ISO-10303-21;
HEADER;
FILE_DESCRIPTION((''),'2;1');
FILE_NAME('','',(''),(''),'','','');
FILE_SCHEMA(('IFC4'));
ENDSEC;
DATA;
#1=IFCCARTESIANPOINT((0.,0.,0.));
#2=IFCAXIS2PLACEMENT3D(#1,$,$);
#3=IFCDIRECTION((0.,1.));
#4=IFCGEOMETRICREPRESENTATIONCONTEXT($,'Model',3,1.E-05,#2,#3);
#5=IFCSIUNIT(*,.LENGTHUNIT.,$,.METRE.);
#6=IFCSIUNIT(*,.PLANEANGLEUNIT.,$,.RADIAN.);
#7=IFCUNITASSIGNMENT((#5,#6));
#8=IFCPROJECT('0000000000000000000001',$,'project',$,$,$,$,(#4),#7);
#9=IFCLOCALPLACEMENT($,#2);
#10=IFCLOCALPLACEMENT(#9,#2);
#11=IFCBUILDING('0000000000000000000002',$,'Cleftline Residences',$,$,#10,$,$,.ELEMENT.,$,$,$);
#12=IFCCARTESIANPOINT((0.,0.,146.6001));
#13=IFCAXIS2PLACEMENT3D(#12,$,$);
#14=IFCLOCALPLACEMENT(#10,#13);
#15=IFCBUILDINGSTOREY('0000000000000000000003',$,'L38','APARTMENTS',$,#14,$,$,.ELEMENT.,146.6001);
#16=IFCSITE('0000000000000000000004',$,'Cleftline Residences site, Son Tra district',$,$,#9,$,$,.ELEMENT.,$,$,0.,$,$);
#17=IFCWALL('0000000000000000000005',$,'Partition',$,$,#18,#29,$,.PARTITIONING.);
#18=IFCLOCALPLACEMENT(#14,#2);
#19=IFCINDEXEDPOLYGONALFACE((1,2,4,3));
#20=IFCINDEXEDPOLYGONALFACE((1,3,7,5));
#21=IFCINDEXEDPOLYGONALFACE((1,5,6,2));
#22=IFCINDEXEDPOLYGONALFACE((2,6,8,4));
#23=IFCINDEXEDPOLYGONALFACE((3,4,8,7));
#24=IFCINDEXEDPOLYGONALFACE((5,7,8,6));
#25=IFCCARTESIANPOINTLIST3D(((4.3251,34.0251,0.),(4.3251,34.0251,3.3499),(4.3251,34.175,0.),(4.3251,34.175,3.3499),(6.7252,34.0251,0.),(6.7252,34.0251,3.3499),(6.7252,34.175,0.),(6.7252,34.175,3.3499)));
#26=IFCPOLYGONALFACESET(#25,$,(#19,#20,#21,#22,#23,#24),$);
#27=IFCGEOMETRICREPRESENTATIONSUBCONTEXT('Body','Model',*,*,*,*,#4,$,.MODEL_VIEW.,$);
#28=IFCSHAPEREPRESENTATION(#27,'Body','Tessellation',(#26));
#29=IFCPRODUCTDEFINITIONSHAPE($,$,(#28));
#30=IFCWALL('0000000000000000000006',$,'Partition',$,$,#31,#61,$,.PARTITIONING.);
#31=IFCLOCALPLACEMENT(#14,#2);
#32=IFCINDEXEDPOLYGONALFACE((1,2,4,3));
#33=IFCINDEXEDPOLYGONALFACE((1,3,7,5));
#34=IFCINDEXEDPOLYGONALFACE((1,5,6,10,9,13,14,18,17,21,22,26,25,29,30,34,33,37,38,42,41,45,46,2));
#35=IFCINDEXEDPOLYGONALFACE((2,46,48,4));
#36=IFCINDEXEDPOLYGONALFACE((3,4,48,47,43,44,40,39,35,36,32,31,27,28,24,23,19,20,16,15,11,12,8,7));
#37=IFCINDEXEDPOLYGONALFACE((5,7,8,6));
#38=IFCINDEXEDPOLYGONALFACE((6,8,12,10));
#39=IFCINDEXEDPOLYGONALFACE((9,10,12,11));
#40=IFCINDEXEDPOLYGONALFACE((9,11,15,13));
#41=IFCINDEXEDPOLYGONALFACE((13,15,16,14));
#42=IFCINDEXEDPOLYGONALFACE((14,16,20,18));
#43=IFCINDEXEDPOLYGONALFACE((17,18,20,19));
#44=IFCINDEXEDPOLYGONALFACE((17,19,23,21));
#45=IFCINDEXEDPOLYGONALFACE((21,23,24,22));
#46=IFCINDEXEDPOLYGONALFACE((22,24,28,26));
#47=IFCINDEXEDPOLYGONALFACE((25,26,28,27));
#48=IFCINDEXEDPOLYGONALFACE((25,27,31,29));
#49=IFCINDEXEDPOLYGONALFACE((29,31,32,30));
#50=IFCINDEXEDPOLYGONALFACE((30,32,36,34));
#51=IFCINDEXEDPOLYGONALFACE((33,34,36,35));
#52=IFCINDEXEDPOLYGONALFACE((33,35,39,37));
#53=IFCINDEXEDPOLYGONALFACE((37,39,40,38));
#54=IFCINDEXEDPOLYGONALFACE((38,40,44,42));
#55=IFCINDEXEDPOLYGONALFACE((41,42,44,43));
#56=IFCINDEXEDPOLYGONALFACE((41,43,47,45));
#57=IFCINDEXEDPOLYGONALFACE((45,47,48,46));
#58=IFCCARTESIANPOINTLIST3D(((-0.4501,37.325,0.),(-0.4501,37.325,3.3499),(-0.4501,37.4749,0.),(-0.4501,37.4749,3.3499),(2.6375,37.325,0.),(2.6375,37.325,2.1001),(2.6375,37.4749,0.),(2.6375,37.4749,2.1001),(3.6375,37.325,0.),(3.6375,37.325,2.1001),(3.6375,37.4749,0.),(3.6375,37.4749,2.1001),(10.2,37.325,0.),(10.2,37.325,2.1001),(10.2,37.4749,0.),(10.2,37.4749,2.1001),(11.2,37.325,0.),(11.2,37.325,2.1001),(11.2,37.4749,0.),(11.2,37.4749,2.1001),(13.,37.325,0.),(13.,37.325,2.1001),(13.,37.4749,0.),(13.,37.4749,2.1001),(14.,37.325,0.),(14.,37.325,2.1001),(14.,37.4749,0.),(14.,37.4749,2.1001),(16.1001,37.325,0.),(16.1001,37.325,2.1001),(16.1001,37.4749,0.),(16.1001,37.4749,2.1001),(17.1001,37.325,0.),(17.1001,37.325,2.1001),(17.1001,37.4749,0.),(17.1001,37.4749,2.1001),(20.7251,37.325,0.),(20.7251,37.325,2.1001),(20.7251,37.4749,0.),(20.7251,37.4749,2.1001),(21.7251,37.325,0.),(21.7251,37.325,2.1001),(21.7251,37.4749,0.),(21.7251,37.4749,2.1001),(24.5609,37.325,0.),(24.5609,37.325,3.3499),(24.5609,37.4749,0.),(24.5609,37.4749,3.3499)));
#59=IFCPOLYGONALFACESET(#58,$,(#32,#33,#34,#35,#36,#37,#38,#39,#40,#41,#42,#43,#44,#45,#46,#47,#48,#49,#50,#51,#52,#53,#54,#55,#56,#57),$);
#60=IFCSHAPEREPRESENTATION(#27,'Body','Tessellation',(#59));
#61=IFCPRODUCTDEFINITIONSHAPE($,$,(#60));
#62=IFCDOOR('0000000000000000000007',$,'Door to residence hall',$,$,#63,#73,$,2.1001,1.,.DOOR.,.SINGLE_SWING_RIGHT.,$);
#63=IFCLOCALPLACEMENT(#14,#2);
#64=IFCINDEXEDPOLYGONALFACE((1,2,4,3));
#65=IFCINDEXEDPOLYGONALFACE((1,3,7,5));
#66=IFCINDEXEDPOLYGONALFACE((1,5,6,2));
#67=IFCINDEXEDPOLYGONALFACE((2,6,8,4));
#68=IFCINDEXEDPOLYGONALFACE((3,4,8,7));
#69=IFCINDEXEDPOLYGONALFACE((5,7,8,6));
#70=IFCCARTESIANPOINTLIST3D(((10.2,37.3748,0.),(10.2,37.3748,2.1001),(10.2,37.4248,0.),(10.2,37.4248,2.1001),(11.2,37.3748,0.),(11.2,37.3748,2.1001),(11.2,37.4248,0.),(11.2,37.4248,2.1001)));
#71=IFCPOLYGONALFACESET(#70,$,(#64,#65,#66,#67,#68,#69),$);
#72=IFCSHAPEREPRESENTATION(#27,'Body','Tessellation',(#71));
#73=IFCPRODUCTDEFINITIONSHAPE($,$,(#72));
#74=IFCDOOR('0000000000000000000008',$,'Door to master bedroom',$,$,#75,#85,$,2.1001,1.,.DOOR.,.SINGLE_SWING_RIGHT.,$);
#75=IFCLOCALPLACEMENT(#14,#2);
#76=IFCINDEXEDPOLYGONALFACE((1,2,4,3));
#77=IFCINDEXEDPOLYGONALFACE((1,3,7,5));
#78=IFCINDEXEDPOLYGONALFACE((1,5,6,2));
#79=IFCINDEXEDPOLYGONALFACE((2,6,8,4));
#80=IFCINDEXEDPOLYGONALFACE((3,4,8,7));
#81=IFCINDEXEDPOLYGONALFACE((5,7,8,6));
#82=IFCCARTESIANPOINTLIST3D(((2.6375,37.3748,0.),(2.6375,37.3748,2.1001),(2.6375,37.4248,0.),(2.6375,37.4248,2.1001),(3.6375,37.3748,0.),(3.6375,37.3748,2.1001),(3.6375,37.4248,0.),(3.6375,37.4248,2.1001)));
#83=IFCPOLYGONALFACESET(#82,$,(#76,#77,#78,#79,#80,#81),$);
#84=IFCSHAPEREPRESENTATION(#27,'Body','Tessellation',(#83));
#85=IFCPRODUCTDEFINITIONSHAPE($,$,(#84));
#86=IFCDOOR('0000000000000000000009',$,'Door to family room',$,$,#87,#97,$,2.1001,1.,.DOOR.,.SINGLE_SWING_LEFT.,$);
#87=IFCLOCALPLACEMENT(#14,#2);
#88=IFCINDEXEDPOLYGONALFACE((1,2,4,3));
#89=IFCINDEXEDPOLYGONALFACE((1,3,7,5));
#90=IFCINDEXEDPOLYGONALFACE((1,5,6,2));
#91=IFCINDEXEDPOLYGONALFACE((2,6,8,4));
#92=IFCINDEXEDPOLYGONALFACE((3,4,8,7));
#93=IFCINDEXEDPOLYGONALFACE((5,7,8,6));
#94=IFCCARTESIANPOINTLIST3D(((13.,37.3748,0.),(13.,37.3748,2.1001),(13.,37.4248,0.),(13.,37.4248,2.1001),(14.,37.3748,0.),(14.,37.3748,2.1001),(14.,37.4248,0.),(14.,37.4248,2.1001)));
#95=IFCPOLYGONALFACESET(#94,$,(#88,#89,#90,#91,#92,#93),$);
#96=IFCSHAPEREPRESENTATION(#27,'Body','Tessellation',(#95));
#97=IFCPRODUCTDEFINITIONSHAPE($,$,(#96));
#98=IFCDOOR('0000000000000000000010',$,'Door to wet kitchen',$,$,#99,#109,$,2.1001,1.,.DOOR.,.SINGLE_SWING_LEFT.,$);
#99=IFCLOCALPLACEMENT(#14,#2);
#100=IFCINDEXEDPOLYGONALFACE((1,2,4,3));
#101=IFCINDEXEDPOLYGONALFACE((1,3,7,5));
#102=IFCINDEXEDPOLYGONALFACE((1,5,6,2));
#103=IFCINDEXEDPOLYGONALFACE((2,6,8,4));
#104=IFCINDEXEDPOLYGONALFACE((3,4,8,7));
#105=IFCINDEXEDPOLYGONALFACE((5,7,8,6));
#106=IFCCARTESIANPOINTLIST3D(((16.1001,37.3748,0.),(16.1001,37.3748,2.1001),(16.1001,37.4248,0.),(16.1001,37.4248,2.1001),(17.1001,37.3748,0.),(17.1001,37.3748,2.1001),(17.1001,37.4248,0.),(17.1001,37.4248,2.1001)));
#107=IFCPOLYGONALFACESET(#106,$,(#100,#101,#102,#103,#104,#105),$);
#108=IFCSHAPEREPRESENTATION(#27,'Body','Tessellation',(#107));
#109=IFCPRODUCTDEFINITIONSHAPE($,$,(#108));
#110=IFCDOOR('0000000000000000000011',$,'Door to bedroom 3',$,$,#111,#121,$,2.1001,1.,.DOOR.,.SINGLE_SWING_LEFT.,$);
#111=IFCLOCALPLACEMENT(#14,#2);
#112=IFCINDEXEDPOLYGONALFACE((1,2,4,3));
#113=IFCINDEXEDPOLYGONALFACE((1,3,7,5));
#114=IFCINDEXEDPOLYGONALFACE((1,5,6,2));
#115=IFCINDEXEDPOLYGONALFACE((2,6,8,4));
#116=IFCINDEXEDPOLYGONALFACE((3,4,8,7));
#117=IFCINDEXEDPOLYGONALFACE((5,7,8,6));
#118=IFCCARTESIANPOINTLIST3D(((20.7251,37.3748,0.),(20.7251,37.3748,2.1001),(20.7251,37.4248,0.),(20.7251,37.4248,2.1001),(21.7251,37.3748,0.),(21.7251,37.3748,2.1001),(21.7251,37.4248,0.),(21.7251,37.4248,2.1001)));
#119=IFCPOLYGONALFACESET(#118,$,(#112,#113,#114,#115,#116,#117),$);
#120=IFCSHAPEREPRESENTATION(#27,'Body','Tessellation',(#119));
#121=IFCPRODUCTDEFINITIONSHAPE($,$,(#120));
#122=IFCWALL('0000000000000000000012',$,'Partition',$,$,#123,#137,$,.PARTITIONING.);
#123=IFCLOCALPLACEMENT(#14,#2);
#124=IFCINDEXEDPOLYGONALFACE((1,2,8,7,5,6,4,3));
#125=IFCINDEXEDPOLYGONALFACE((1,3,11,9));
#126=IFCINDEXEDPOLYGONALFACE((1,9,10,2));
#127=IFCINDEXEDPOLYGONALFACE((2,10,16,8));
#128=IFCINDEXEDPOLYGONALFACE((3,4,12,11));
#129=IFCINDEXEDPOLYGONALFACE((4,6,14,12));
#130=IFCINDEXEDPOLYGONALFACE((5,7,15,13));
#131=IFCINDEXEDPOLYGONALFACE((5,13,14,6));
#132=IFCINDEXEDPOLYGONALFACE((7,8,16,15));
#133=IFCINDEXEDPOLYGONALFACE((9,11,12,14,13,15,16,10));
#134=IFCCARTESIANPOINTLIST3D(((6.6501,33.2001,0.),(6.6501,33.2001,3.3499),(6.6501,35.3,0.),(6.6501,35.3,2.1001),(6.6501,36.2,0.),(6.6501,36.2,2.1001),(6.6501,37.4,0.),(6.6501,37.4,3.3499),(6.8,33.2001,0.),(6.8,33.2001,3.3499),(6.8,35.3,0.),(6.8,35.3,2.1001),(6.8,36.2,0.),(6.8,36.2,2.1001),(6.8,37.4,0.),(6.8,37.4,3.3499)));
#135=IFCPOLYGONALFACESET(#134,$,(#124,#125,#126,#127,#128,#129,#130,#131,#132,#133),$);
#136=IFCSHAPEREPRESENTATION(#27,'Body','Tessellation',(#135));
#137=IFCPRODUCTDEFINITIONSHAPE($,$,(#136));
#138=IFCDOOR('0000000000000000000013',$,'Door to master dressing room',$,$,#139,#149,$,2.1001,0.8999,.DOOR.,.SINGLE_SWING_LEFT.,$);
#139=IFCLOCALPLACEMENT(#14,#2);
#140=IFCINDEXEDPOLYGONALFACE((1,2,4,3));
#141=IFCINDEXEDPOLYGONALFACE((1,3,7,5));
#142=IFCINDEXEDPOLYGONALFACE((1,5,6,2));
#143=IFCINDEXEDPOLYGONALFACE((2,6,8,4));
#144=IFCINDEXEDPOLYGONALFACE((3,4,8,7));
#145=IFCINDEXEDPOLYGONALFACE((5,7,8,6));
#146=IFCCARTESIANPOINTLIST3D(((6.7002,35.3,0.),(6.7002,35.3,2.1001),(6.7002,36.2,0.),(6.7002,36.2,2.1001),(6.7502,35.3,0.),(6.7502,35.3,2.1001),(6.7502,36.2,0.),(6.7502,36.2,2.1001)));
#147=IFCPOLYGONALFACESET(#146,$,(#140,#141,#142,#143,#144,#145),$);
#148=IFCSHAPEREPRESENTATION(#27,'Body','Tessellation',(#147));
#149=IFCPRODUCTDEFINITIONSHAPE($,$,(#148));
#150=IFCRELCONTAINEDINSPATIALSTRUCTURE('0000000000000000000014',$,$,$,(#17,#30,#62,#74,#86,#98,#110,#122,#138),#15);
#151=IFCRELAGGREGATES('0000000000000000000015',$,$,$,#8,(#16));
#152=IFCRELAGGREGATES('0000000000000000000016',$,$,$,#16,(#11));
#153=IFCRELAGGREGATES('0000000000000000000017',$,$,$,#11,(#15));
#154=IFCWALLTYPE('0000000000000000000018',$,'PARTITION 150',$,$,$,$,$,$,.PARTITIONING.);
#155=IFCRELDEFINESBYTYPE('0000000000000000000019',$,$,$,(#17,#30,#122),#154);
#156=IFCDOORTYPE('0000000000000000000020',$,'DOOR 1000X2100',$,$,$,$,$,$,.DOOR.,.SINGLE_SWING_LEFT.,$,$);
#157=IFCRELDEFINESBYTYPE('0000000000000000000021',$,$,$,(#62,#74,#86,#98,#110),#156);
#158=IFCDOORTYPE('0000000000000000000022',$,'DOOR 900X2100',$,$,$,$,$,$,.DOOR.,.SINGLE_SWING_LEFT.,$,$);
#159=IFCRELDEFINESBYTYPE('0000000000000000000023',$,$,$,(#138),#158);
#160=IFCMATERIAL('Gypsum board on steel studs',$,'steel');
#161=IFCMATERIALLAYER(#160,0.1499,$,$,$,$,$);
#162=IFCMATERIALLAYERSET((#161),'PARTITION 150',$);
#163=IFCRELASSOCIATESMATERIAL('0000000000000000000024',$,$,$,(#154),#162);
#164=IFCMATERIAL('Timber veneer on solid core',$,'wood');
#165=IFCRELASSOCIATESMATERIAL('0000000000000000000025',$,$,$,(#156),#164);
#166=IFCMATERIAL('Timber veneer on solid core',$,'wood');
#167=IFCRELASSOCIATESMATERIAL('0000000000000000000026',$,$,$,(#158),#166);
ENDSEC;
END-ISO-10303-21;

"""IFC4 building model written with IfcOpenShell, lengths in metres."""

from ifc_helpers import new_model, si_unit, direction, frame, frame_2d, origin, place, context, subcontext, project, spatial, rectangle, extrude, material, layer, layer_set, type_object, element, fill, save


model = new_model("IFC4")

# Units and contexts
model_context = context("Model", 3, precision=1e-05, world=origin(), true_north=direction((0.0, 1.0)))
body_context = subcontext(model_context, "Body", "Model", "MODEL_VIEW")
ifc_project = project(units=[si_unit("LENGTHUNIT", "METRE"), si_unit("PLANEANGLEUNIT", "RADIAN")], contexts=[model_context])

# Site, building, storey
site_placement = place(None, origin())
site = spatial("IfcSite", under=ifc_project, at=site_placement, Name="Cleftline Residences site, Son Tra district", CompositionType="ELEMENT", RefElevation=0.0)
building_placement = place(site_placement, origin())
building = spatial("IfcBuilding", under=site, at=building_placement, Name="Cleftline Residences", CompositionType="ELEMENT")
storey_placement = place(building_placement, frame((0.0, 0.0, 146.6001)))
storey = spatial("IfcBuildingStorey", under=building, at=storey_placement, Name="L38", Description="APARTMENTS", CompositionType="ELEMENT", Elevation=146.6001)

# Wall
ifc_material_1 = material(Name="Gypsum board on steel studs", Category="steel")
ifc_layer = layer(ifc_material_1, 0.1499)
ifc_layer_set = layer_set([ifc_layer], Name="PARTITION 150")
wall_type = type_object("IfcWallType", Name="PARTITION 150", PredefinedType="PARTITIONING", material=ifc_layer_set)
wall_1_placement = place(storey_placement, frame((4.325, 34.1001, 0.0), z_axis=(0.0, 0.0, 1.0), x_axis=(1.0, 0.0, 0.0)))
element("IfcWall", 1, at=wall_1_placement, inside=storey, type_object=wall_type, Name="Partition", PredefinedType="PARTITIONING", context=body_context, shape_type="SweptSolid", body=[
    extrude(rectangle(XDim=2.4001, YDim=0.1499, at=frame_2d((1.2002, 0.0))), origin(), (0.0, 0.0, 1.0), 3.3499),
])

# Wall, openings, doors
wall_2_placement = place(storey_placement, frame((-0.45, 37.3999, 0.0), z_axis=(0.0, 0.0, 1.0), x_axis=(1.0, 0.0, 0.0)))
wall_2 = element("IfcWall", 2, at=wall_2_placement, inside=storey, type_object=wall_type, Name="Partition", PredefinedType="PARTITIONING", context=body_context, shape_type="SweptSolid", body=[
    extrude(rectangle(XDim=25.011, YDim=0.1499, at=frame_2d((12.5054, 0.0))), origin(), (0.0, 0.0, 1.0), 3.3499),
])
opening_1_placement = place(wall_2_placement, frame((10.6499, 0.0, 0.0)))
opening_1 = element("IfcOpeningElement", 3, at=opening_1_placement, cuts=wall_2, PredefinedType="OPENING", context=body_context, shape_type="SweptSolid", body=[
    extrude(rectangle(XDim=1.0, YDim=2.1001, at=frame_2d((0.5, 1.05))), frame((0.0, 0.085, 0.0), z_axis=(0.0, -1.0, 0.0), x_axis=(1.0, 0.0, 0.0)), (0.0, 0.0, 1.0), 0.1699),
])
opening_2_placement = place(wall_2_placement, frame((3.0874, 0.0, 0.0)))
opening_2 = element("IfcOpeningElement", 4, at=opening_2_placement, cuts=wall_2, PredefinedType="OPENING", context=body_context, shape_type="SweptSolid", body=[
    extrude(rectangle(XDim=1.0, YDim=2.1001, at=frame_2d((0.5, 1.05))), frame((0.0, 0.085, 0.0), z_axis=(0.0, -1.0, 0.0), x_axis=(1.0, 0.0, 0.0)), (0.0, 0.0, 1.0), 0.1699),
])
opening_3_placement = place(wall_2_placement, frame((13.45, 0.0, 0.0)))
opening_3 = element("IfcOpeningElement", 5, at=opening_3_placement, cuts=wall_2, PredefinedType="OPENING", context=body_context, shape_type="SweptSolid", body=[
    extrude(rectangle(XDim=1.0, YDim=2.1001, at=frame_2d((0.5, 1.05))), frame((0.0, 0.085, 0.0), z_axis=(0.0, -1.0, 0.0), x_axis=(1.0, 0.0, 0.0)), (0.0, 0.0, 1.0), 0.1699),
])
opening_4_placement = place(wall_2_placement, frame((16.55, 0.0, 0.0)))
opening_4 = element("IfcOpeningElement", 6, at=opening_4_placement, cuts=wall_2, PredefinedType="OPENING", context=body_context, shape_type="SweptSolid", body=[
    extrude(rectangle(XDim=1.0, YDim=2.1001, at=frame_2d((0.5, 1.05))), frame((0.0, 0.085, 0.0), z_axis=(0.0, -1.0, 0.0), x_axis=(1.0, 0.0, 0.0)), (0.0, 0.0, 1.0), 0.1699),
])
opening_5_placement = place(wall_2_placement, frame((21.175, 0.0, 0.0)))
opening_5 = element("IfcOpeningElement", 7, at=opening_5_placement, cuts=wall_2, PredefinedType="OPENING", context=body_context, shape_type="SweptSolid", body=[
    extrude(rectangle(XDim=1.0, YDim=2.1001, at=frame_2d((0.5, 1.05))), frame((0.0, 0.085, 0.0), z_axis=(0.0, -1.0, 0.0), x_axis=(1.0, 0.0, 0.0)), (0.0, 0.0, 1.0), 0.1699),
])
ifc_material_2 = material(Name="Timber veneer on solid core", Category="wood")
door_type_1 = type_object("IfcDoorType", Name="DOOR 1000X2100", OperationType="SINGLE_SWING_LEFT", PredefinedType="DOOR", material=ifc_material_2)
door_1_placement = place(opening_1_placement, origin())
door_1 = element("IfcDoor", 8, at=door_1_placement, inside=storey, type_object=door_type_1, Name="Door to residence hall", OperationType="SINGLE_SWING_RIGHT", OverallHeight=2.1001, OverallWidth=1.0, PredefinedType="DOOR", context=body_context, shape_type="SweptSolid", body=[
    extrude(rectangle(XDim=1.0, YDim=2.1001, at=frame_2d((0.5, 1.05))), frame((0.0, 0.0249, 0.0), z_axis=(0.0, -1.0, 0.0), x_axis=(1.0, 0.0, 0.0)), (0.0, 0.0, 1.0), 0.05),
])
fill(opening_1, door_1)
door_2_placement = place(opening_2_placement, origin())
door_2 = element("IfcDoor", 9, at=door_2_placement, inside=storey, type_object=door_type_1, Name="Door to master bedroom", OperationType="SINGLE_SWING_RIGHT", OverallHeight=2.1001, OverallWidth=1.0, PredefinedType="DOOR", context=body_context, shape_type="SweptSolid", body=[
    extrude(rectangle(XDim=1.0, YDim=2.1001, at=frame_2d((0.5, 1.05))), frame((0.0, 0.0249, 0.0), z_axis=(0.0, -1.0, 0.0), x_axis=(1.0, 0.0, 0.0)), (0.0, 0.0, 1.0), 0.05),
])
fill(opening_2, door_2)
door_3_placement = place(opening_3_placement, origin())
door_3 = element("IfcDoor", 10, at=door_3_placement, inside=storey, type_object=door_type_1, Name="Door to family room", OperationType="SINGLE_SWING_LEFT", OverallHeight=2.1001, OverallWidth=1.0, PredefinedType="DOOR", context=body_context, shape_type="SweptSolid", body=[
    extrude(rectangle(XDim=1.0, YDim=2.1001, at=frame_2d((0.5, 1.05))), frame((0.0, 0.0249, 0.0), z_axis=(0.0, -1.0, 0.0), x_axis=(1.0, 0.0, 0.0)), (0.0, 0.0, 1.0), 0.05),
])
fill(opening_3, door_3)
door_4_placement = place(opening_4_placement, origin())
door_4 = element("IfcDoor", 11, at=door_4_placement, inside=storey, type_object=door_type_1, Name="Door to wet kitchen", OperationType="SINGLE_SWING_LEFT", OverallHeight=2.1001, OverallWidth=1.0, PredefinedType="DOOR", context=body_context, shape_type="SweptSolid", body=[
    extrude(rectangle(XDim=1.0, YDim=2.1001, at=frame_2d((0.5, 1.05))), frame((0.0, 0.0249, 0.0), z_axis=(0.0, -1.0, 0.0), x_axis=(1.0, 0.0, 0.0)), (0.0, 0.0, 1.0), 0.05),
])
fill(opening_4, door_4)
door_5_placement = place(opening_5_placement, origin())
door_5 = element("IfcDoor", 12, at=door_5_placement, inside=storey, type_object=door_type_1, Name="Door to bedroom 3", OperationType="SINGLE_SWING_LEFT", OverallHeight=2.1001, OverallWidth=1.0, PredefinedType="DOOR", context=body_context, shape_type="SweptSolid", body=[
    extrude(rectangle(XDim=1.0, YDim=2.1001, at=frame_2d((0.5, 1.05))), frame((0.0, 0.0249, 0.0), z_axis=(0.0, -1.0, 0.0), x_axis=(1.0, 0.0, 0.0)), (0.0, 0.0, 1.0), 0.05),
])
fill(opening_5, door_5)

# Wall, opening, door
wall_3_placement = place(storey_placement, frame((6.7251, 33.2, 0.0), z_axis=(0.0, 0.0, 1.0), x_axis=(0.0, 1.0, 0.0)))
wall_3 = element("IfcWall", 13, at=wall_3_placement, inside=storey, type_object=wall_type, Name="Partition", PredefinedType="PARTITIONING", context=body_context, shape_type="SweptSolid", body=[
    extrude(rectangle(XDim=4.2, YDim=0.1499, at=frame_2d((2.1001, 0.0))), origin(), (0.0, 0.0, 1.0), 3.3499),
])
opening_6_placement = place(wall_3_placement, frame((2.1001, 0.0, 0.0)))
opening_6 = element("IfcOpeningElement", 14, at=opening_6_placement, cuts=wall_3, PredefinedType="OPENING", context=body_context, shape_type="SweptSolid", body=[
    extrude(rectangle(XDim=0.8999, YDim=2.1001, at=frame_2d((0.45, 1.05))), frame((0.0, 0.085, 0.0), z_axis=(0.0, -1.0, 0.0), x_axis=(1.0, 0.0, 0.0)), (0.0, 0.0, 1.0), 0.1699),
])
ifc_material_3 = material(Name="Timber veneer on solid core", Category="wood")
door_type_2 = type_object("IfcDoorType", Name="DOOR 900X2100", OperationType="SINGLE_SWING_LEFT", PredefinedType="DOOR", material=ifc_material_3)
door_6_placement = place(opening_6_placement, origin())
door_6 = element("IfcDoor", 15, at=door_6_placement, inside=storey, type_object=door_type_2, Name="Door to master dressing room", OperationType="SINGLE_SWING_LEFT", OverallHeight=2.1001, OverallWidth=0.8999, PredefinedType="DOOR", context=body_context, shape_type="SweptSolid", body=[
    extrude(rectangle(XDim=0.8999, YDim=2.1001, at=frame_2d((0.45, 1.05))), frame((0.0, 0.0249, 0.0), z_axis=(0.0, -1.0, 0.0), x_axis=(1.0, 0.0, 0.0)), (0.0, 0.0, 1.0), 0.05),
])
fill(opening_6, door_6)

save(model, "model.ifc")
